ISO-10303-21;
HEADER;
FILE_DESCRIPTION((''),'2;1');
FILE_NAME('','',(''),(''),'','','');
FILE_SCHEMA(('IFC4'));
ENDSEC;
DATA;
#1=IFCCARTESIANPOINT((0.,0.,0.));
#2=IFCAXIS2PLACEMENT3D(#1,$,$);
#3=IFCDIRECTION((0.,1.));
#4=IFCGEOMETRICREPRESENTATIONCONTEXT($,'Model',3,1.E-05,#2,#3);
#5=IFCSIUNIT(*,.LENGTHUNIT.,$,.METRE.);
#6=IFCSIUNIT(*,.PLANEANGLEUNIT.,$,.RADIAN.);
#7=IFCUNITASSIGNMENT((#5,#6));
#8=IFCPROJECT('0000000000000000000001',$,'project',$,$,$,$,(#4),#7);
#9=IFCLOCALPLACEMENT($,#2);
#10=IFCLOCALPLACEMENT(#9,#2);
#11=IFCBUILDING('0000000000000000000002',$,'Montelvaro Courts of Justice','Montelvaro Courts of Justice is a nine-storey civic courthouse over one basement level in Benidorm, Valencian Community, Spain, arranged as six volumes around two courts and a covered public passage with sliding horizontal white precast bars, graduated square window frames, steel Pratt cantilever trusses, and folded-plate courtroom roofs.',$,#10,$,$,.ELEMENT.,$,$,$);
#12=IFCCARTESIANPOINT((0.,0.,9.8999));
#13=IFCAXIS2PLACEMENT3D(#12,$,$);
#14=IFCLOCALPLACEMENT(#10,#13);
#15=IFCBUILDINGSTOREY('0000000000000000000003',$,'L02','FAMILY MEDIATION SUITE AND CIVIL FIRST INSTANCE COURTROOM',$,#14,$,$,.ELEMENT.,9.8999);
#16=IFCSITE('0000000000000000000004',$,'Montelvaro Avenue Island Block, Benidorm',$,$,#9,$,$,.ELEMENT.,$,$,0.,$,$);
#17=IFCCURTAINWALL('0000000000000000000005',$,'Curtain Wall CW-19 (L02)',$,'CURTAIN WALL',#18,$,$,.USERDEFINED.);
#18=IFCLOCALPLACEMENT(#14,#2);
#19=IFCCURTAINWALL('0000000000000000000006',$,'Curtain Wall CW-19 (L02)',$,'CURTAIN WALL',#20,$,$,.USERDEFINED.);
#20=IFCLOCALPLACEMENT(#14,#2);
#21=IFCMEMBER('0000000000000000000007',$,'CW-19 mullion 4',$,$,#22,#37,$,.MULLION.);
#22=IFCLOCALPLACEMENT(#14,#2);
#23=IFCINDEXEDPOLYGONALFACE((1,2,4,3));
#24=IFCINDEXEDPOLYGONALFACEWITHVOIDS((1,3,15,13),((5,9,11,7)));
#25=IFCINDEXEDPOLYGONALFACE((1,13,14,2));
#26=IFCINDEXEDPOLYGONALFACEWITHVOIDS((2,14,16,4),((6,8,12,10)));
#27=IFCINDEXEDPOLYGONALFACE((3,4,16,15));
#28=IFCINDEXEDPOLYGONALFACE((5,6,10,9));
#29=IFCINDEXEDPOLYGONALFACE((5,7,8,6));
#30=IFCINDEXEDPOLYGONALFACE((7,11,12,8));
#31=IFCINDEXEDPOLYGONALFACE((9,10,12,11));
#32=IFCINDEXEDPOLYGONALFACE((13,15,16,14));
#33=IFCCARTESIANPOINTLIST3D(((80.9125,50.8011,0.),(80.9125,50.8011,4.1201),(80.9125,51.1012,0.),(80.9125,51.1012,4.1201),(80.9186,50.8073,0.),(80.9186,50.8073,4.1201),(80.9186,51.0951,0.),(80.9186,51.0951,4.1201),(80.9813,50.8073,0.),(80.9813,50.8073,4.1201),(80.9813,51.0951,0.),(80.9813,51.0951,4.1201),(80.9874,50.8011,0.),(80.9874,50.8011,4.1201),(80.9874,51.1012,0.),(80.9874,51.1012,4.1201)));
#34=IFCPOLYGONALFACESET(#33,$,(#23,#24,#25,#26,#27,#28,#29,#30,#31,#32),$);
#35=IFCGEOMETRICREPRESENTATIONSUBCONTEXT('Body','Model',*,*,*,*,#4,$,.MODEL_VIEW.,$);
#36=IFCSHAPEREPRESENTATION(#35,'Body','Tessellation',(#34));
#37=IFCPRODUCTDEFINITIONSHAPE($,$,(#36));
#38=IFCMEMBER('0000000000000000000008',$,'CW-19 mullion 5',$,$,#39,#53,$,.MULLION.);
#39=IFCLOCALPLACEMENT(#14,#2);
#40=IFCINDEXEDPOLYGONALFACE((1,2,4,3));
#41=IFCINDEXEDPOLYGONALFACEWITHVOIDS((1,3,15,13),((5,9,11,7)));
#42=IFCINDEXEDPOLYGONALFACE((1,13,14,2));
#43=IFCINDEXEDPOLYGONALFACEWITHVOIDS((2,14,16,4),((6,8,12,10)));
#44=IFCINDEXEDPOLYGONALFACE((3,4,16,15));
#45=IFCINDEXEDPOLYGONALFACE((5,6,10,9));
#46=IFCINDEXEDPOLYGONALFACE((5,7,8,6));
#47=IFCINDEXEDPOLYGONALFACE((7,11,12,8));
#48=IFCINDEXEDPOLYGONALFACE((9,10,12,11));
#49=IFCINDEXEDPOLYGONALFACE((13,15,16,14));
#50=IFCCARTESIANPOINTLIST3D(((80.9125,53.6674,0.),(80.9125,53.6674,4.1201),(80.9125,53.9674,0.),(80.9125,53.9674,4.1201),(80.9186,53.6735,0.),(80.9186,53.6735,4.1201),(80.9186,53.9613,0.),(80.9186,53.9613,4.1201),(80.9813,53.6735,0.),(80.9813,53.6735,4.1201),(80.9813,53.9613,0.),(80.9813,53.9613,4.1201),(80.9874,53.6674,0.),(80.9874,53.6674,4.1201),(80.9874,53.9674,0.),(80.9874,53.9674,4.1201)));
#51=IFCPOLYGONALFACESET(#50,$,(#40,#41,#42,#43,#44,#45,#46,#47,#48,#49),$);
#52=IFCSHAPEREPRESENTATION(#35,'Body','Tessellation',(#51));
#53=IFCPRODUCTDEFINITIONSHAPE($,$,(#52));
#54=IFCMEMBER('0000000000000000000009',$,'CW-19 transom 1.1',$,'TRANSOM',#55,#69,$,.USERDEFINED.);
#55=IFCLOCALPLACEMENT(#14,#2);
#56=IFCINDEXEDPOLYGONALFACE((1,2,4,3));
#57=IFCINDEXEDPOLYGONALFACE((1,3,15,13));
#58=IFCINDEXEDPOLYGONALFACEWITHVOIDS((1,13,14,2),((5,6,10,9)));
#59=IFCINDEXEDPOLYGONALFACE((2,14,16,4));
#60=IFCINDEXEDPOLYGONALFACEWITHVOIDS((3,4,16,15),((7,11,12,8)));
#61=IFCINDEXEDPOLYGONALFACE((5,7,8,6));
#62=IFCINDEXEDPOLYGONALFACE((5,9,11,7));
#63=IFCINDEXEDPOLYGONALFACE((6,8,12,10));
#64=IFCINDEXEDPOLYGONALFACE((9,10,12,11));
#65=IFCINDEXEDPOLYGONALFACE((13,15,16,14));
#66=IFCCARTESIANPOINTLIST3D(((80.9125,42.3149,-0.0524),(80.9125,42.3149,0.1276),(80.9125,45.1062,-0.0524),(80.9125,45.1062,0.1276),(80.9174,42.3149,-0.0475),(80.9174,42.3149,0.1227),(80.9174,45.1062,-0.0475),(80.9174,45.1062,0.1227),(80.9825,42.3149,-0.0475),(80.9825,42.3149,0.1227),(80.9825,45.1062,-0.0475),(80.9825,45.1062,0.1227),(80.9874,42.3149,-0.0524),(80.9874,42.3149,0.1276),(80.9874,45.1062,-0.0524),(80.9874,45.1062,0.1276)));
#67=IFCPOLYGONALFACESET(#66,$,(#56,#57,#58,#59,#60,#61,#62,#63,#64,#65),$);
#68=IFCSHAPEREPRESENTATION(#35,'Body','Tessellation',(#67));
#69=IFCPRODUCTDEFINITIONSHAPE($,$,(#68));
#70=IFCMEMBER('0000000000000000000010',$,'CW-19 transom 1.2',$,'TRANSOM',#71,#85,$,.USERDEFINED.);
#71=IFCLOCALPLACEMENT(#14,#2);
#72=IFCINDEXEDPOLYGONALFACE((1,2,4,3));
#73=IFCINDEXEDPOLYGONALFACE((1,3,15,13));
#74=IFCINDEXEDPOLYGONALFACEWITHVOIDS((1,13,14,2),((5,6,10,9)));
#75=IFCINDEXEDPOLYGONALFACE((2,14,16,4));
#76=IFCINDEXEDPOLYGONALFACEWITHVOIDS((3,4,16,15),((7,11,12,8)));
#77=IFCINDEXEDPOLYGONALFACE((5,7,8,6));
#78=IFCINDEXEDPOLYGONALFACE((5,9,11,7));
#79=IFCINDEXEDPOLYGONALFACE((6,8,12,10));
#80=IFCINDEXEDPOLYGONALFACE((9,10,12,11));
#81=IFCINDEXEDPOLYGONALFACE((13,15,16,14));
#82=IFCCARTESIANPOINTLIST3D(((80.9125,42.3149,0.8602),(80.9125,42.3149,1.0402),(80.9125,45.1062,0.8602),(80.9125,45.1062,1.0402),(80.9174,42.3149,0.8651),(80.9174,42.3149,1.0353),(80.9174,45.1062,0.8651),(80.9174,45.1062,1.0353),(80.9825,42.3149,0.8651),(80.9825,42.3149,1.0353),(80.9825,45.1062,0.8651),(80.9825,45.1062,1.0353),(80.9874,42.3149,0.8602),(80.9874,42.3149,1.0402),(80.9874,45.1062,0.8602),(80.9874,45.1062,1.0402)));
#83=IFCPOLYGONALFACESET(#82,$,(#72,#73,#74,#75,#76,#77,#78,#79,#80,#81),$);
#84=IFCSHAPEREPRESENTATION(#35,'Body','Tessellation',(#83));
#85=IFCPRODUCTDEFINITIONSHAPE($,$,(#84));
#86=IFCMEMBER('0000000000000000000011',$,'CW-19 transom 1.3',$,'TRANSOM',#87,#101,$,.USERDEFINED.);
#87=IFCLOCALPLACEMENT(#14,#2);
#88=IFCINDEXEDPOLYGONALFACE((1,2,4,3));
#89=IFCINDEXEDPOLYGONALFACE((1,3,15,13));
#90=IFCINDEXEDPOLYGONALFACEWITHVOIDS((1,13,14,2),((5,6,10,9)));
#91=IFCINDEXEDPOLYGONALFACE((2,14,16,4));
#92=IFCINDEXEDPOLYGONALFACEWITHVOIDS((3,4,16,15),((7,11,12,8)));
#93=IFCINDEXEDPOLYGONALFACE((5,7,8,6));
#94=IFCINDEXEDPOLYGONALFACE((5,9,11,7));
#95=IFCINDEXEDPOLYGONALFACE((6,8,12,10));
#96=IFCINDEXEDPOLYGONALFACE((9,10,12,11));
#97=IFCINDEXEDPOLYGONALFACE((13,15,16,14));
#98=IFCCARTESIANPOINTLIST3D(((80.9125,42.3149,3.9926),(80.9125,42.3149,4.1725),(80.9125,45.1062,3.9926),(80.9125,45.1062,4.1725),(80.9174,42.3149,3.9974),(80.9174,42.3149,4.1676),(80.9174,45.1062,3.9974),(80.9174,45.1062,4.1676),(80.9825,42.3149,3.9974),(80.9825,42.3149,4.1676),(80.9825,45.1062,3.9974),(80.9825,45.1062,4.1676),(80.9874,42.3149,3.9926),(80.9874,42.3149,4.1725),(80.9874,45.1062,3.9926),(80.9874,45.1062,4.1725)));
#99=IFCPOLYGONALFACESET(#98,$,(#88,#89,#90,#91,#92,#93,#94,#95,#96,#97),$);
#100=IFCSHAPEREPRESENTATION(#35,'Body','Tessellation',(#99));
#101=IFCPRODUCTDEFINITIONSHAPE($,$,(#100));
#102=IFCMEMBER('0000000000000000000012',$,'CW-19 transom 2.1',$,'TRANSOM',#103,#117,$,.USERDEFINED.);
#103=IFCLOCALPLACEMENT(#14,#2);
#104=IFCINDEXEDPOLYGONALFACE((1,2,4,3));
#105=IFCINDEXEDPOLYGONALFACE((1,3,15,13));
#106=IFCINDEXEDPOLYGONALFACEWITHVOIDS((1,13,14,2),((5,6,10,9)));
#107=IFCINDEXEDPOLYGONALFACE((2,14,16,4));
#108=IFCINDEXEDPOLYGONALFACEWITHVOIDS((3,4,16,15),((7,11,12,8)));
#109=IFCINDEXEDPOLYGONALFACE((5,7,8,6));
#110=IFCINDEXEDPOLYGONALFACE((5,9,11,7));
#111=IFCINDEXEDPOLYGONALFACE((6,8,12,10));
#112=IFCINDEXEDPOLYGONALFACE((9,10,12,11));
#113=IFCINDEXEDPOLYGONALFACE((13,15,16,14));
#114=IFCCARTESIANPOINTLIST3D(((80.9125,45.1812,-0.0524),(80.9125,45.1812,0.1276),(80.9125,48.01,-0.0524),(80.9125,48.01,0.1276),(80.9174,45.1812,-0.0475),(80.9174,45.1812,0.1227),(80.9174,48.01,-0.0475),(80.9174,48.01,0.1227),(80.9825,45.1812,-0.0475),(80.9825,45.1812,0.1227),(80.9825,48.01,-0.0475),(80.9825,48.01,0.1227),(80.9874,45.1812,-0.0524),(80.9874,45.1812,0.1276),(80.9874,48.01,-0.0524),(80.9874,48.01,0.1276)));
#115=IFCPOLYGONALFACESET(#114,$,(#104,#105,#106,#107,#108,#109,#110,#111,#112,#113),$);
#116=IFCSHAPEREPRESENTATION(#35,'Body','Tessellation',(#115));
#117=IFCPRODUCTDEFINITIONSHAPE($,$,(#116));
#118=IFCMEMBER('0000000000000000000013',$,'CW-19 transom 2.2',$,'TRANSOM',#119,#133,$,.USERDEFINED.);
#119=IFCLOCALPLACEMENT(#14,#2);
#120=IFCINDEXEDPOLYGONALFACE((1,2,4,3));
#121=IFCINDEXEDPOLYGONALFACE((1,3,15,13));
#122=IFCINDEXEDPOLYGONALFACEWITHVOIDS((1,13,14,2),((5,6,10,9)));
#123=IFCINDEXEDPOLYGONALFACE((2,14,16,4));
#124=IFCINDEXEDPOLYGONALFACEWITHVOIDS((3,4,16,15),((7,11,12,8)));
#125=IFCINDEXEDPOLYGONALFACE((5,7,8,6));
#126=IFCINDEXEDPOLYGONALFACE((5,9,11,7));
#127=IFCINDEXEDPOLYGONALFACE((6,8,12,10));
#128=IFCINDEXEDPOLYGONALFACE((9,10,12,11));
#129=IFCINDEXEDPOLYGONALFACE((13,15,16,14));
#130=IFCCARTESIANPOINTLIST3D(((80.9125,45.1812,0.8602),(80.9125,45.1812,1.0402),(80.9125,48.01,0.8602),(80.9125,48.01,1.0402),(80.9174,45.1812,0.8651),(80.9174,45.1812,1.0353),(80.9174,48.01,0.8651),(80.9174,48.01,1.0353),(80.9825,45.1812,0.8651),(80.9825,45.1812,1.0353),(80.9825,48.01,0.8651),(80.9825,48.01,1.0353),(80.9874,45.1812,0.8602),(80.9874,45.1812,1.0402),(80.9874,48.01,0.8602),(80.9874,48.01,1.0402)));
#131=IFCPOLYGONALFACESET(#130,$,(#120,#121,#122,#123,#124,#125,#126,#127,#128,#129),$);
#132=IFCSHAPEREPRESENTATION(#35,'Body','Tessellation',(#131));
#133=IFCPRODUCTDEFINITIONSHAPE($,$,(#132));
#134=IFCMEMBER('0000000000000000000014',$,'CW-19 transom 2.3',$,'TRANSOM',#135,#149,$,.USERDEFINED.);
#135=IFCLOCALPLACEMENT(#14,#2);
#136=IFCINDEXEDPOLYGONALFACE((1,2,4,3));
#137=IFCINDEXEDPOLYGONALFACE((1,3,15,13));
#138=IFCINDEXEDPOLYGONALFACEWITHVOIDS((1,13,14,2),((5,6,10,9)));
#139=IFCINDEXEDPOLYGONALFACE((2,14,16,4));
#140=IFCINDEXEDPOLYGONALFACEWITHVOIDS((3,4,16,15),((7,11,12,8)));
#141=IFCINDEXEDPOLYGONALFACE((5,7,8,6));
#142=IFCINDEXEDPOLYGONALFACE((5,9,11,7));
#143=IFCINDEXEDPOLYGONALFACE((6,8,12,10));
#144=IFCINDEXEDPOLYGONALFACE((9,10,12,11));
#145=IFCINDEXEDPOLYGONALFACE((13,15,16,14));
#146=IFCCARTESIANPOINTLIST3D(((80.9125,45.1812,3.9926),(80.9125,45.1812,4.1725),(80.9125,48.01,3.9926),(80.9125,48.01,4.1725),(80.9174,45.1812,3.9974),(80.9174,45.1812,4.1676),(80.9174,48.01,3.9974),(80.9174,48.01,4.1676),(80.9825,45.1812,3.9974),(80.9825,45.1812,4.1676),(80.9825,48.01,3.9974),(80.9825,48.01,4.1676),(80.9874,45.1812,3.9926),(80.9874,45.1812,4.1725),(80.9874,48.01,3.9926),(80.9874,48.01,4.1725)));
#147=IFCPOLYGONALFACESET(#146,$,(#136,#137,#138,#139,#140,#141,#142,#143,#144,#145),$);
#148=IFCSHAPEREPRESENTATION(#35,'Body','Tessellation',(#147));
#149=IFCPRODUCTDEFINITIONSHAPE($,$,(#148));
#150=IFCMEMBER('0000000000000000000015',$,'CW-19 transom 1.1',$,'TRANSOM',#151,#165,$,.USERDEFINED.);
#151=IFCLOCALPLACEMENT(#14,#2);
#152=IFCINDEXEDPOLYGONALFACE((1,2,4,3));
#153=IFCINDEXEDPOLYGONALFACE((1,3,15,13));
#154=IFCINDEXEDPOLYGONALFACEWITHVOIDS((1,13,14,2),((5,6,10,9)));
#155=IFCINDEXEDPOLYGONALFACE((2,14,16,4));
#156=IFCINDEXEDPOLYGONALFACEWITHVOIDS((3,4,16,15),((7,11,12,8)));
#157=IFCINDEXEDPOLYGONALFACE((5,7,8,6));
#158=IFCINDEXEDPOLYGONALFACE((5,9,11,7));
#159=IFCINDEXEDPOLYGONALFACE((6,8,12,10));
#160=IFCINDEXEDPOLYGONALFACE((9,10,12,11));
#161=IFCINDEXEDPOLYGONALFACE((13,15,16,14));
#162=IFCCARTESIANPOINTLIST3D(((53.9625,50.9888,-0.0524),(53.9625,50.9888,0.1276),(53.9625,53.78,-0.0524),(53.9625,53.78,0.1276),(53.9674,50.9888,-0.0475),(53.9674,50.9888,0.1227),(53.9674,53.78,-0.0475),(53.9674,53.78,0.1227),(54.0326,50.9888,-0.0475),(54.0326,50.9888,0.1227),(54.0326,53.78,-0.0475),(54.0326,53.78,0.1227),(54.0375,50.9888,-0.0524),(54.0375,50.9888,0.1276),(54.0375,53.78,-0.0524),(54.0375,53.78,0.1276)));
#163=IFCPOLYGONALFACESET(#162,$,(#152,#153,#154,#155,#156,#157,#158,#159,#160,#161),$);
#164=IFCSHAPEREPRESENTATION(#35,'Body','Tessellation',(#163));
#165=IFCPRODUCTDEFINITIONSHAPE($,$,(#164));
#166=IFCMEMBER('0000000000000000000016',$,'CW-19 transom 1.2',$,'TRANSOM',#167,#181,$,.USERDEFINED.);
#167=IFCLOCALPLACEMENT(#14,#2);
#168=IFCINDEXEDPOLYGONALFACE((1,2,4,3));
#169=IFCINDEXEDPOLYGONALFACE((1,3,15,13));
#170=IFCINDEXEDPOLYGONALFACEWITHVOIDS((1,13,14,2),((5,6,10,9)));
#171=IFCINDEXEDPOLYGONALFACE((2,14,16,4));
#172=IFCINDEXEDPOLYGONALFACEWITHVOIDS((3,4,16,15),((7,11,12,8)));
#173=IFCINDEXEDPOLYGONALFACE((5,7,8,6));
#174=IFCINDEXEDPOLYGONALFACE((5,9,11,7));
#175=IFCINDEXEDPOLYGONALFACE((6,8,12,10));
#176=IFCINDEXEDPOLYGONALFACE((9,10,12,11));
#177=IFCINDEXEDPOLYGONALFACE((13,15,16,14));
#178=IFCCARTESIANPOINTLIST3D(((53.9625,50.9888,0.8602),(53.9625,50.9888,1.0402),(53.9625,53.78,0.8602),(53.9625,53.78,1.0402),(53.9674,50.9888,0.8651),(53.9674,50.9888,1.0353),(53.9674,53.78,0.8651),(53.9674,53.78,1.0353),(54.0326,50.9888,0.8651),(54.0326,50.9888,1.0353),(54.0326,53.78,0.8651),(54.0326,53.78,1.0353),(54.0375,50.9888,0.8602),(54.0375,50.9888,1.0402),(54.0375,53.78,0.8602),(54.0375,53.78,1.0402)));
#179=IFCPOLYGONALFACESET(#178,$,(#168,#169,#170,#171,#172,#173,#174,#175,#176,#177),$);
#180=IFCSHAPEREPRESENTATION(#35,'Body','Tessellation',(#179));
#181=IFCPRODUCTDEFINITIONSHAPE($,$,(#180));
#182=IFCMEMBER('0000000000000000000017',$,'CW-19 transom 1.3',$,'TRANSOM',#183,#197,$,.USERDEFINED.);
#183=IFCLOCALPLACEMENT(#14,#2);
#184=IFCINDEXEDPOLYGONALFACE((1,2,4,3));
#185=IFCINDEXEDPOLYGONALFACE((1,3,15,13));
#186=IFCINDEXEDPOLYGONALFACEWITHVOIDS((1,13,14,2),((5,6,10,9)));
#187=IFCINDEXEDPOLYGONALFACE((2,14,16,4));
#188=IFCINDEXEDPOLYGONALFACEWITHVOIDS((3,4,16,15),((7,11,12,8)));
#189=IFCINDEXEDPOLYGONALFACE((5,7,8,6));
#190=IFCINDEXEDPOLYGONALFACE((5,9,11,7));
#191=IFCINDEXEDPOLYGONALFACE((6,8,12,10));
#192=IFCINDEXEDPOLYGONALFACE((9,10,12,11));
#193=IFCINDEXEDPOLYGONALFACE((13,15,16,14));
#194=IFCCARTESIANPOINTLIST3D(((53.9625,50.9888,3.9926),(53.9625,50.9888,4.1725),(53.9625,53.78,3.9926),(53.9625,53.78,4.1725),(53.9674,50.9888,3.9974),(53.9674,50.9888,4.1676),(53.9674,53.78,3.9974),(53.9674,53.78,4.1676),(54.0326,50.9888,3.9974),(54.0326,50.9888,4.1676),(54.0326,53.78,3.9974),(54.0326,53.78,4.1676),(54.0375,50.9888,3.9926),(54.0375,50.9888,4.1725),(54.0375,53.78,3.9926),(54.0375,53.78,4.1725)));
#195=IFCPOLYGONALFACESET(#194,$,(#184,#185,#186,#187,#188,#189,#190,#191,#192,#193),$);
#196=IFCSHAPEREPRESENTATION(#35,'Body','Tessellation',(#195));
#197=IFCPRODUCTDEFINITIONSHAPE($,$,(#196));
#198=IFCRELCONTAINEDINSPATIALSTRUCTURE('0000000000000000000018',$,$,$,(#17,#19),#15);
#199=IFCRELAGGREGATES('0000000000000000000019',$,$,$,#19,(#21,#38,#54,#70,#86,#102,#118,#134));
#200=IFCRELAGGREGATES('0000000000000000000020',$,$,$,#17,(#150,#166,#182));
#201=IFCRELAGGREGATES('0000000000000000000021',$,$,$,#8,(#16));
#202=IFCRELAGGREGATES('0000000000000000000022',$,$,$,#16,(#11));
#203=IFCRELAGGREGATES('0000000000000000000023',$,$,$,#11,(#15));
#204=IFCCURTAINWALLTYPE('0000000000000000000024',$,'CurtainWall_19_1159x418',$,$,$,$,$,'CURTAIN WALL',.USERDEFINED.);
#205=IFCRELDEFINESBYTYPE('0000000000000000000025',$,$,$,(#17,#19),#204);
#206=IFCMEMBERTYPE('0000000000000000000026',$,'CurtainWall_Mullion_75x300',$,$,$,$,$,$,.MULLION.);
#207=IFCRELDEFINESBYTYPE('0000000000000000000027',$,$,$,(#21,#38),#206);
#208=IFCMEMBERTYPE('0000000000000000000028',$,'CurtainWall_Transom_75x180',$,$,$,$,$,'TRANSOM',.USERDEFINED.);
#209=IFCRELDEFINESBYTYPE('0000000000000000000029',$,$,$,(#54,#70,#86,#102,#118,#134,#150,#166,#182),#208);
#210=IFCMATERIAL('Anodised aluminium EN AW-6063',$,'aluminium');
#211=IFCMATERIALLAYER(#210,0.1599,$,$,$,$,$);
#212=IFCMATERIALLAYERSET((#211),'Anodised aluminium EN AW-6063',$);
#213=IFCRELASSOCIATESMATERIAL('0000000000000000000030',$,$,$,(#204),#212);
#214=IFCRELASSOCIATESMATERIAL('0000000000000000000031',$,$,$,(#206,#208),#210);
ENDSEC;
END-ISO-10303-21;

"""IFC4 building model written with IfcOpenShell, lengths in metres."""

from ifc_helpers import new_model, si_unit, direction, frame, origin, origin_2d, place, context, subcontext, project, spatial, hollow_rectangle, extrude, material, layer, layer_set, material_profile, profile_set, type_object, element, aggregate, save


model = new_model("IFC4")

# Units and contexts
model_context = context("Model", 3, precision=1e-05, world=origin(), true_north=direction((0.0, 1.0)))
body_context = subcontext(model_context, "Body", "Model", "MODEL_VIEW")
ifc_project = project(units=[si_unit("LENGTHUNIT", "METRE"), si_unit("PLANEANGLEUNIT", "RADIAN")], contexts=[model_context])

# Site, building, storey
site_placement = place(None, origin())
site = spatial("IfcSite", under=ifc_project, at=site_placement, Name="Montelvaro Avenue Island Block, Benidorm", CompositionType="ELEMENT", RefElevation=0.0)
building_placement = place(site_placement, origin())
building = spatial("IfcBuilding", under=site, at=building_placement, Name="Montelvaro Courts of Justice", Description="Montelvaro Courts of Justice is a nine-storey civic courthouse over one basement level in Benidorm, Valencian Community, Spain, arranged as six volumes around two courts and a covered public passage with sliding horizontal white precast bars, graduated square window frames, steel Pratt cantilever trusses, and folded-plate courtroom roofs.", CompositionType="ELEMENT")
storey_placement = place(building_placement, frame((0.0, 0.0, 9.8999)))
storey = spatial("IfcBuildingStorey", under=building, at=storey_placement, Name="L02", Description="FAMILY MEDIATION SUITE AND CIVIL FIRST INSTANCE COURTROOM", CompositionType="ELEMENT", Elevation=9.8999)

# Shared definitions
ifc_material_1 = material(Name="Anodised aluminium EN AW-6063", Category="aluminium")

# Curtain walls, members
ifc_layer_1 = layer(ifc_material_1, 0.1599)
ifc_layer_set_1 = layer_set([ifc_layer_1], Name="Anodised aluminium EN AW-6063")
curtain_wall_type_1 = type_object("IfcCurtainWallType", Name="CurtainWall_19_1159x418", ElementType="CURTAIN WALL", PredefinedType="USERDEFINED", material=ifc_layer_set_1)
curtain_wall_1_placement = place(storey_placement, origin())
curtain_wall_1 = element("IfcCurtainWall", 1, at=curtain_wall_1_placement, inside=storey, type_object=curtain_wall_type_1, Name="Curtain Wall CW-19 (L02)", ObjectType="CURTAIN WALL", PredefinedType="USERDEFINED")
curtain_wall_2_placement = place(storey_placement, origin())
curtain_wall_2 = element("IfcCurtainWall", 2, at=curtain_wall_2_placement, inside=storey, type_object=curtain_wall_type_1, Name="Curtain Wall CW-19 (L02)", ObjectType="CURTAIN WALL", PredefinedType="USERDEFINED")
ifc_material_profile_1 = material_profile(ifc_material_1, hollow_rectangle(XDim=0.075, YDim=0.3, WallThickness=0.0061, at=origin_2d()), Name="ALU-M 75x300")
ifc_profile_set_1 = profile_set([ifc_material_profile_1], Name="Anodised aluminium EN AW-6063")
member_type_1 = type_object("IfcMemberType", Name="CurtainWall_Mullion_75x300", PredefinedType="MULLION", material=ifc_profile_set_1)
member_1_placement = place(storey_placement, frame((80.95, 50.9512, 0.0), z_axis=(0.0, 0.0, 1.0), x_axis=(-1.0, 0.0, 0.0)))
member_1 = element("IfcMember", 3, at=member_1_placement, type_object=member_type_1, Name="CW-19 mullion 4", PredefinedType="MULLION", context=body_context, shape_type="SweptSolid", body=[
    extrude(hollow_rectangle(XDim=0.075, YDim=0.3, WallThickness=0.0061, at=origin_2d()), origin(), (0.0, 0.0, 1.0), 4.1201),
])
member_2_placement = place(storey_placement, frame((80.95, 53.8174, 0.0), z_axis=(0.0, 0.0, 1.0), x_axis=(-1.0, 0.0, 0.0)))
member_2 = element("IfcMember", 4, at=member_2_placement, type_object=member_type_1, Name="CW-19 mullion 5", PredefinedType="MULLION", context=body_context, shape_type="SweptSolid", body=[
    extrude(hollow_rectangle(XDim=0.075, YDim=0.3, WallThickness=0.0061, at=origin_2d()), origin(), (0.0, 0.0, 1.0), 4.1201),
])
ifc_material_profile_2 = material_profile(ifc_material_1, hollow_rectangle(XDim=0.075, YDim=0.1799, WallThickness=0.0049, at=origin_2d()), Name="ALU-T 75x180")
ifc_profile_set_2 = profile_set([ifc_material_profile_2], Name="Anodised aluminium EN AW-6063")
member_type_2 = type_object("IfcMemberType", Name="CurtainWall_Transom_75x180", ElementType="TRANSOM", PredefinedType="USERDEFINED", material=ifc_profile_set_2)
member_3_placement = place(storey_placement, frame((80.95, 42.3149, 0.0376), z_axis=(0.0, 1.0, 0.0), x_axis=(-1.0, 0.0, 0.0)))
member_3 = element("IfcMember", 5, at=member_3_placement, type_object=member_type_2, Name="CW-19 transom 1.1", ObjectType="TRANSOM", PredefinedType="USERDEFINED", context=body_context, shape_type="SweptSolid", body=[
    extrude(hollow_rectangle(XDim=0.075, YDim=0.1799, WallThickness=0.0049, at=origin_2d()), origin(), (0.0, 0.0, 1.0), 2.7913),
])
member_4_placement = place(storey_placement, frame((80.95, 42.3149, 0.9502), z_axis=(0.0, 1.0, 0.0), x_axis=(-1.0, 0.0, 0.0)))
member_4 = element("IfcMember", 6, at=member_4_placement, type_object=member_type_2, Name="CW-19 transom 1.2", ObjectType="TRANSOM", PredefinedType="USERDEFINED", context=body_context, shape_type="SweptSolid", body=[
    extrude(hollow_rectangle(XDim=0.075, YDim=0.1799, WallThickness=0.0049, at=origin_2d()), origin(), (0.0, 0.0, 1.0), 2.7913),
])
member_5_placement = place(storey_placement, frame((80.95, 42.3149, 4.0825), z_axis=(0.0, 1.0, 0.0), x_axis=(-1.0, 0.0, 0.0)))
member_5 = element("IfcMember", 7, at=member_5_placement, type_object=member_type_2, Name="CW-19 transom 1.3", ObjectType="TRANSOM", PredefinedType="USERDEFINED", context=body_context, shape_type="SweptSolid", body=[
    extrude(hollow_rectangle(XDim=0.075, YDim=0.1799, WallThickness=0.0049, at=origin_2d()), origin(), (0.0, 0.0, 1.0), 2.7913),
])
member_6_placement = place(storey_placement, frame((80.95, 45.1812, 0.0376), z_axis=(0.0, 1.0, 0.0), x_axis=(-1.0, 0.0, 0.0)))
member_6 = element("IfcMember", 8, at=member_6_placement, type_object=member_type_2, Name="CW-19 transom 2.1", ObjectType="TRANSOM", PredefinedType="USERDEFINED", context=body_context, shape_type="SweptSolid", body=[
    extrude(hollow_rectangle(XDim=0.075, YDim=0.1799, WallThickness=0.0049, at=origin_2d()), origin(), (0.0, 0.0, 1.0), 2.8289),
])
member_7_placement = place(storey_placement, frame((80.95, 45.1812, 0.9502), z_axis=(0.0, 1.0, 0.0), x_axis=(-1.0, 0.0, 0.0)))
member_7 = element("IfcMember", 9, at=member_7_placement, type_object=member_type_2, Name="CW-19 transom 2.2", ObjectType="TRANSOM", PredefinedType="USERDEFINED", context=body_context, shape_type="SweptSolid", body=[
    extrude(hollow_rectangle(XDim=0.075, YDim=0.1799, WallThickness=0.0049, at=origin_2d()), origin(), (0.0, 0.0, 1.0), 2.8289),
])
member_8_placement = place(storey_placement, frame((80.95, 45.1812, 4.0825), z_axis=(0.0, 1.0, 0.0), x_axis=(-1.0, 0.0, 0.0)))
member_8 = element("IfcMember", 10, at=member_8_placement, type_object=member_type_2, Name="CW-19 transom 2.3", ObjectType="TRANSOM", PredefinedType="USERDEFINED", context=body_context, shape_type="SweptSolid", body=[
    extrude(hollow_rectangle(XDim=0.075, YDim=0.1799, WallThickness=0.0049, at=origin_2d()), origin(), (0.0, 0.0, 1.0), 2.8289),
])

# Members
member_9_placement = place(storey_placement, frame((54.0, 53.78, 0.0376), z_axis=(0.0, -1.0, 0.0), x_axis=(1.0, 0.0, 0.0)))
member_9 = element("IfcMember", 11, at=member_9_placement, type_object=member_type_2, Name="CW-19 transom 1.1", ObjectType="TRANSOM", PredefinedType="USERDEFINED", context=body_context, shape_type="SweptSolid", body=[
    extrude(hollow_rectangle(XDim=0.075, YDim=0.1799, WallThickness=0.0049, at=origin_2d()), origin(), (0.0, 0.0, 1.0), 2.7913),
])
member_10_placement = place(storey_placement, frame((54.0, 53.78, 0.9502), z_axis=(0.0, -1.0, 0.0), x_axis=(1.0, 0.0, 0.0)))
member_10 = element("IfcMember", 12, at=member_10_placement, type_object=member_type_2, Name="CW-19 transom 1.2", ObjectType="TRANSOM", PredefinedType="USERDEFINED", context=body_context, shape_type="SweptSolid", body=[
    extrude(hollow_rectangle(XDim=0.075, YDim=0.1799, WallThickness=0.0049, at=origin_2d()), origin(), (0.0, 0.0, 1.0), 2.7913),
])
member_11_placement = place(storey_placement, frame((54.0, 53.78, 4.0825), z_axis=(0.0, -1.0, 0.0), x_axis=(1.0, 0.0, 0.0)))
member_11 = element("IfcMember", 13, at=member_11_placement, type_object=member_type_2, Name="CW-19 transom 1.3", ObjectType="TRANSOM", PredefinedType="USERDEFINED", context=body_context, shape_type="SweptSolid", body=[
    extrude(hollow_rectangle(XDim=0.075, YDim=0.1799, WallThickness=0.0049, at=origin_2d()), origin(), (0.0, 0.0, 1.0), 2.7913),
])

aggregate(curtain_wall_2, [member_1, member_2, member_3, member_4, member_5, member_6, member_7, member_8])
aggregate(curtain_wall_1, [member_9, member_10, member_11])

save(model, "model.ifc")
